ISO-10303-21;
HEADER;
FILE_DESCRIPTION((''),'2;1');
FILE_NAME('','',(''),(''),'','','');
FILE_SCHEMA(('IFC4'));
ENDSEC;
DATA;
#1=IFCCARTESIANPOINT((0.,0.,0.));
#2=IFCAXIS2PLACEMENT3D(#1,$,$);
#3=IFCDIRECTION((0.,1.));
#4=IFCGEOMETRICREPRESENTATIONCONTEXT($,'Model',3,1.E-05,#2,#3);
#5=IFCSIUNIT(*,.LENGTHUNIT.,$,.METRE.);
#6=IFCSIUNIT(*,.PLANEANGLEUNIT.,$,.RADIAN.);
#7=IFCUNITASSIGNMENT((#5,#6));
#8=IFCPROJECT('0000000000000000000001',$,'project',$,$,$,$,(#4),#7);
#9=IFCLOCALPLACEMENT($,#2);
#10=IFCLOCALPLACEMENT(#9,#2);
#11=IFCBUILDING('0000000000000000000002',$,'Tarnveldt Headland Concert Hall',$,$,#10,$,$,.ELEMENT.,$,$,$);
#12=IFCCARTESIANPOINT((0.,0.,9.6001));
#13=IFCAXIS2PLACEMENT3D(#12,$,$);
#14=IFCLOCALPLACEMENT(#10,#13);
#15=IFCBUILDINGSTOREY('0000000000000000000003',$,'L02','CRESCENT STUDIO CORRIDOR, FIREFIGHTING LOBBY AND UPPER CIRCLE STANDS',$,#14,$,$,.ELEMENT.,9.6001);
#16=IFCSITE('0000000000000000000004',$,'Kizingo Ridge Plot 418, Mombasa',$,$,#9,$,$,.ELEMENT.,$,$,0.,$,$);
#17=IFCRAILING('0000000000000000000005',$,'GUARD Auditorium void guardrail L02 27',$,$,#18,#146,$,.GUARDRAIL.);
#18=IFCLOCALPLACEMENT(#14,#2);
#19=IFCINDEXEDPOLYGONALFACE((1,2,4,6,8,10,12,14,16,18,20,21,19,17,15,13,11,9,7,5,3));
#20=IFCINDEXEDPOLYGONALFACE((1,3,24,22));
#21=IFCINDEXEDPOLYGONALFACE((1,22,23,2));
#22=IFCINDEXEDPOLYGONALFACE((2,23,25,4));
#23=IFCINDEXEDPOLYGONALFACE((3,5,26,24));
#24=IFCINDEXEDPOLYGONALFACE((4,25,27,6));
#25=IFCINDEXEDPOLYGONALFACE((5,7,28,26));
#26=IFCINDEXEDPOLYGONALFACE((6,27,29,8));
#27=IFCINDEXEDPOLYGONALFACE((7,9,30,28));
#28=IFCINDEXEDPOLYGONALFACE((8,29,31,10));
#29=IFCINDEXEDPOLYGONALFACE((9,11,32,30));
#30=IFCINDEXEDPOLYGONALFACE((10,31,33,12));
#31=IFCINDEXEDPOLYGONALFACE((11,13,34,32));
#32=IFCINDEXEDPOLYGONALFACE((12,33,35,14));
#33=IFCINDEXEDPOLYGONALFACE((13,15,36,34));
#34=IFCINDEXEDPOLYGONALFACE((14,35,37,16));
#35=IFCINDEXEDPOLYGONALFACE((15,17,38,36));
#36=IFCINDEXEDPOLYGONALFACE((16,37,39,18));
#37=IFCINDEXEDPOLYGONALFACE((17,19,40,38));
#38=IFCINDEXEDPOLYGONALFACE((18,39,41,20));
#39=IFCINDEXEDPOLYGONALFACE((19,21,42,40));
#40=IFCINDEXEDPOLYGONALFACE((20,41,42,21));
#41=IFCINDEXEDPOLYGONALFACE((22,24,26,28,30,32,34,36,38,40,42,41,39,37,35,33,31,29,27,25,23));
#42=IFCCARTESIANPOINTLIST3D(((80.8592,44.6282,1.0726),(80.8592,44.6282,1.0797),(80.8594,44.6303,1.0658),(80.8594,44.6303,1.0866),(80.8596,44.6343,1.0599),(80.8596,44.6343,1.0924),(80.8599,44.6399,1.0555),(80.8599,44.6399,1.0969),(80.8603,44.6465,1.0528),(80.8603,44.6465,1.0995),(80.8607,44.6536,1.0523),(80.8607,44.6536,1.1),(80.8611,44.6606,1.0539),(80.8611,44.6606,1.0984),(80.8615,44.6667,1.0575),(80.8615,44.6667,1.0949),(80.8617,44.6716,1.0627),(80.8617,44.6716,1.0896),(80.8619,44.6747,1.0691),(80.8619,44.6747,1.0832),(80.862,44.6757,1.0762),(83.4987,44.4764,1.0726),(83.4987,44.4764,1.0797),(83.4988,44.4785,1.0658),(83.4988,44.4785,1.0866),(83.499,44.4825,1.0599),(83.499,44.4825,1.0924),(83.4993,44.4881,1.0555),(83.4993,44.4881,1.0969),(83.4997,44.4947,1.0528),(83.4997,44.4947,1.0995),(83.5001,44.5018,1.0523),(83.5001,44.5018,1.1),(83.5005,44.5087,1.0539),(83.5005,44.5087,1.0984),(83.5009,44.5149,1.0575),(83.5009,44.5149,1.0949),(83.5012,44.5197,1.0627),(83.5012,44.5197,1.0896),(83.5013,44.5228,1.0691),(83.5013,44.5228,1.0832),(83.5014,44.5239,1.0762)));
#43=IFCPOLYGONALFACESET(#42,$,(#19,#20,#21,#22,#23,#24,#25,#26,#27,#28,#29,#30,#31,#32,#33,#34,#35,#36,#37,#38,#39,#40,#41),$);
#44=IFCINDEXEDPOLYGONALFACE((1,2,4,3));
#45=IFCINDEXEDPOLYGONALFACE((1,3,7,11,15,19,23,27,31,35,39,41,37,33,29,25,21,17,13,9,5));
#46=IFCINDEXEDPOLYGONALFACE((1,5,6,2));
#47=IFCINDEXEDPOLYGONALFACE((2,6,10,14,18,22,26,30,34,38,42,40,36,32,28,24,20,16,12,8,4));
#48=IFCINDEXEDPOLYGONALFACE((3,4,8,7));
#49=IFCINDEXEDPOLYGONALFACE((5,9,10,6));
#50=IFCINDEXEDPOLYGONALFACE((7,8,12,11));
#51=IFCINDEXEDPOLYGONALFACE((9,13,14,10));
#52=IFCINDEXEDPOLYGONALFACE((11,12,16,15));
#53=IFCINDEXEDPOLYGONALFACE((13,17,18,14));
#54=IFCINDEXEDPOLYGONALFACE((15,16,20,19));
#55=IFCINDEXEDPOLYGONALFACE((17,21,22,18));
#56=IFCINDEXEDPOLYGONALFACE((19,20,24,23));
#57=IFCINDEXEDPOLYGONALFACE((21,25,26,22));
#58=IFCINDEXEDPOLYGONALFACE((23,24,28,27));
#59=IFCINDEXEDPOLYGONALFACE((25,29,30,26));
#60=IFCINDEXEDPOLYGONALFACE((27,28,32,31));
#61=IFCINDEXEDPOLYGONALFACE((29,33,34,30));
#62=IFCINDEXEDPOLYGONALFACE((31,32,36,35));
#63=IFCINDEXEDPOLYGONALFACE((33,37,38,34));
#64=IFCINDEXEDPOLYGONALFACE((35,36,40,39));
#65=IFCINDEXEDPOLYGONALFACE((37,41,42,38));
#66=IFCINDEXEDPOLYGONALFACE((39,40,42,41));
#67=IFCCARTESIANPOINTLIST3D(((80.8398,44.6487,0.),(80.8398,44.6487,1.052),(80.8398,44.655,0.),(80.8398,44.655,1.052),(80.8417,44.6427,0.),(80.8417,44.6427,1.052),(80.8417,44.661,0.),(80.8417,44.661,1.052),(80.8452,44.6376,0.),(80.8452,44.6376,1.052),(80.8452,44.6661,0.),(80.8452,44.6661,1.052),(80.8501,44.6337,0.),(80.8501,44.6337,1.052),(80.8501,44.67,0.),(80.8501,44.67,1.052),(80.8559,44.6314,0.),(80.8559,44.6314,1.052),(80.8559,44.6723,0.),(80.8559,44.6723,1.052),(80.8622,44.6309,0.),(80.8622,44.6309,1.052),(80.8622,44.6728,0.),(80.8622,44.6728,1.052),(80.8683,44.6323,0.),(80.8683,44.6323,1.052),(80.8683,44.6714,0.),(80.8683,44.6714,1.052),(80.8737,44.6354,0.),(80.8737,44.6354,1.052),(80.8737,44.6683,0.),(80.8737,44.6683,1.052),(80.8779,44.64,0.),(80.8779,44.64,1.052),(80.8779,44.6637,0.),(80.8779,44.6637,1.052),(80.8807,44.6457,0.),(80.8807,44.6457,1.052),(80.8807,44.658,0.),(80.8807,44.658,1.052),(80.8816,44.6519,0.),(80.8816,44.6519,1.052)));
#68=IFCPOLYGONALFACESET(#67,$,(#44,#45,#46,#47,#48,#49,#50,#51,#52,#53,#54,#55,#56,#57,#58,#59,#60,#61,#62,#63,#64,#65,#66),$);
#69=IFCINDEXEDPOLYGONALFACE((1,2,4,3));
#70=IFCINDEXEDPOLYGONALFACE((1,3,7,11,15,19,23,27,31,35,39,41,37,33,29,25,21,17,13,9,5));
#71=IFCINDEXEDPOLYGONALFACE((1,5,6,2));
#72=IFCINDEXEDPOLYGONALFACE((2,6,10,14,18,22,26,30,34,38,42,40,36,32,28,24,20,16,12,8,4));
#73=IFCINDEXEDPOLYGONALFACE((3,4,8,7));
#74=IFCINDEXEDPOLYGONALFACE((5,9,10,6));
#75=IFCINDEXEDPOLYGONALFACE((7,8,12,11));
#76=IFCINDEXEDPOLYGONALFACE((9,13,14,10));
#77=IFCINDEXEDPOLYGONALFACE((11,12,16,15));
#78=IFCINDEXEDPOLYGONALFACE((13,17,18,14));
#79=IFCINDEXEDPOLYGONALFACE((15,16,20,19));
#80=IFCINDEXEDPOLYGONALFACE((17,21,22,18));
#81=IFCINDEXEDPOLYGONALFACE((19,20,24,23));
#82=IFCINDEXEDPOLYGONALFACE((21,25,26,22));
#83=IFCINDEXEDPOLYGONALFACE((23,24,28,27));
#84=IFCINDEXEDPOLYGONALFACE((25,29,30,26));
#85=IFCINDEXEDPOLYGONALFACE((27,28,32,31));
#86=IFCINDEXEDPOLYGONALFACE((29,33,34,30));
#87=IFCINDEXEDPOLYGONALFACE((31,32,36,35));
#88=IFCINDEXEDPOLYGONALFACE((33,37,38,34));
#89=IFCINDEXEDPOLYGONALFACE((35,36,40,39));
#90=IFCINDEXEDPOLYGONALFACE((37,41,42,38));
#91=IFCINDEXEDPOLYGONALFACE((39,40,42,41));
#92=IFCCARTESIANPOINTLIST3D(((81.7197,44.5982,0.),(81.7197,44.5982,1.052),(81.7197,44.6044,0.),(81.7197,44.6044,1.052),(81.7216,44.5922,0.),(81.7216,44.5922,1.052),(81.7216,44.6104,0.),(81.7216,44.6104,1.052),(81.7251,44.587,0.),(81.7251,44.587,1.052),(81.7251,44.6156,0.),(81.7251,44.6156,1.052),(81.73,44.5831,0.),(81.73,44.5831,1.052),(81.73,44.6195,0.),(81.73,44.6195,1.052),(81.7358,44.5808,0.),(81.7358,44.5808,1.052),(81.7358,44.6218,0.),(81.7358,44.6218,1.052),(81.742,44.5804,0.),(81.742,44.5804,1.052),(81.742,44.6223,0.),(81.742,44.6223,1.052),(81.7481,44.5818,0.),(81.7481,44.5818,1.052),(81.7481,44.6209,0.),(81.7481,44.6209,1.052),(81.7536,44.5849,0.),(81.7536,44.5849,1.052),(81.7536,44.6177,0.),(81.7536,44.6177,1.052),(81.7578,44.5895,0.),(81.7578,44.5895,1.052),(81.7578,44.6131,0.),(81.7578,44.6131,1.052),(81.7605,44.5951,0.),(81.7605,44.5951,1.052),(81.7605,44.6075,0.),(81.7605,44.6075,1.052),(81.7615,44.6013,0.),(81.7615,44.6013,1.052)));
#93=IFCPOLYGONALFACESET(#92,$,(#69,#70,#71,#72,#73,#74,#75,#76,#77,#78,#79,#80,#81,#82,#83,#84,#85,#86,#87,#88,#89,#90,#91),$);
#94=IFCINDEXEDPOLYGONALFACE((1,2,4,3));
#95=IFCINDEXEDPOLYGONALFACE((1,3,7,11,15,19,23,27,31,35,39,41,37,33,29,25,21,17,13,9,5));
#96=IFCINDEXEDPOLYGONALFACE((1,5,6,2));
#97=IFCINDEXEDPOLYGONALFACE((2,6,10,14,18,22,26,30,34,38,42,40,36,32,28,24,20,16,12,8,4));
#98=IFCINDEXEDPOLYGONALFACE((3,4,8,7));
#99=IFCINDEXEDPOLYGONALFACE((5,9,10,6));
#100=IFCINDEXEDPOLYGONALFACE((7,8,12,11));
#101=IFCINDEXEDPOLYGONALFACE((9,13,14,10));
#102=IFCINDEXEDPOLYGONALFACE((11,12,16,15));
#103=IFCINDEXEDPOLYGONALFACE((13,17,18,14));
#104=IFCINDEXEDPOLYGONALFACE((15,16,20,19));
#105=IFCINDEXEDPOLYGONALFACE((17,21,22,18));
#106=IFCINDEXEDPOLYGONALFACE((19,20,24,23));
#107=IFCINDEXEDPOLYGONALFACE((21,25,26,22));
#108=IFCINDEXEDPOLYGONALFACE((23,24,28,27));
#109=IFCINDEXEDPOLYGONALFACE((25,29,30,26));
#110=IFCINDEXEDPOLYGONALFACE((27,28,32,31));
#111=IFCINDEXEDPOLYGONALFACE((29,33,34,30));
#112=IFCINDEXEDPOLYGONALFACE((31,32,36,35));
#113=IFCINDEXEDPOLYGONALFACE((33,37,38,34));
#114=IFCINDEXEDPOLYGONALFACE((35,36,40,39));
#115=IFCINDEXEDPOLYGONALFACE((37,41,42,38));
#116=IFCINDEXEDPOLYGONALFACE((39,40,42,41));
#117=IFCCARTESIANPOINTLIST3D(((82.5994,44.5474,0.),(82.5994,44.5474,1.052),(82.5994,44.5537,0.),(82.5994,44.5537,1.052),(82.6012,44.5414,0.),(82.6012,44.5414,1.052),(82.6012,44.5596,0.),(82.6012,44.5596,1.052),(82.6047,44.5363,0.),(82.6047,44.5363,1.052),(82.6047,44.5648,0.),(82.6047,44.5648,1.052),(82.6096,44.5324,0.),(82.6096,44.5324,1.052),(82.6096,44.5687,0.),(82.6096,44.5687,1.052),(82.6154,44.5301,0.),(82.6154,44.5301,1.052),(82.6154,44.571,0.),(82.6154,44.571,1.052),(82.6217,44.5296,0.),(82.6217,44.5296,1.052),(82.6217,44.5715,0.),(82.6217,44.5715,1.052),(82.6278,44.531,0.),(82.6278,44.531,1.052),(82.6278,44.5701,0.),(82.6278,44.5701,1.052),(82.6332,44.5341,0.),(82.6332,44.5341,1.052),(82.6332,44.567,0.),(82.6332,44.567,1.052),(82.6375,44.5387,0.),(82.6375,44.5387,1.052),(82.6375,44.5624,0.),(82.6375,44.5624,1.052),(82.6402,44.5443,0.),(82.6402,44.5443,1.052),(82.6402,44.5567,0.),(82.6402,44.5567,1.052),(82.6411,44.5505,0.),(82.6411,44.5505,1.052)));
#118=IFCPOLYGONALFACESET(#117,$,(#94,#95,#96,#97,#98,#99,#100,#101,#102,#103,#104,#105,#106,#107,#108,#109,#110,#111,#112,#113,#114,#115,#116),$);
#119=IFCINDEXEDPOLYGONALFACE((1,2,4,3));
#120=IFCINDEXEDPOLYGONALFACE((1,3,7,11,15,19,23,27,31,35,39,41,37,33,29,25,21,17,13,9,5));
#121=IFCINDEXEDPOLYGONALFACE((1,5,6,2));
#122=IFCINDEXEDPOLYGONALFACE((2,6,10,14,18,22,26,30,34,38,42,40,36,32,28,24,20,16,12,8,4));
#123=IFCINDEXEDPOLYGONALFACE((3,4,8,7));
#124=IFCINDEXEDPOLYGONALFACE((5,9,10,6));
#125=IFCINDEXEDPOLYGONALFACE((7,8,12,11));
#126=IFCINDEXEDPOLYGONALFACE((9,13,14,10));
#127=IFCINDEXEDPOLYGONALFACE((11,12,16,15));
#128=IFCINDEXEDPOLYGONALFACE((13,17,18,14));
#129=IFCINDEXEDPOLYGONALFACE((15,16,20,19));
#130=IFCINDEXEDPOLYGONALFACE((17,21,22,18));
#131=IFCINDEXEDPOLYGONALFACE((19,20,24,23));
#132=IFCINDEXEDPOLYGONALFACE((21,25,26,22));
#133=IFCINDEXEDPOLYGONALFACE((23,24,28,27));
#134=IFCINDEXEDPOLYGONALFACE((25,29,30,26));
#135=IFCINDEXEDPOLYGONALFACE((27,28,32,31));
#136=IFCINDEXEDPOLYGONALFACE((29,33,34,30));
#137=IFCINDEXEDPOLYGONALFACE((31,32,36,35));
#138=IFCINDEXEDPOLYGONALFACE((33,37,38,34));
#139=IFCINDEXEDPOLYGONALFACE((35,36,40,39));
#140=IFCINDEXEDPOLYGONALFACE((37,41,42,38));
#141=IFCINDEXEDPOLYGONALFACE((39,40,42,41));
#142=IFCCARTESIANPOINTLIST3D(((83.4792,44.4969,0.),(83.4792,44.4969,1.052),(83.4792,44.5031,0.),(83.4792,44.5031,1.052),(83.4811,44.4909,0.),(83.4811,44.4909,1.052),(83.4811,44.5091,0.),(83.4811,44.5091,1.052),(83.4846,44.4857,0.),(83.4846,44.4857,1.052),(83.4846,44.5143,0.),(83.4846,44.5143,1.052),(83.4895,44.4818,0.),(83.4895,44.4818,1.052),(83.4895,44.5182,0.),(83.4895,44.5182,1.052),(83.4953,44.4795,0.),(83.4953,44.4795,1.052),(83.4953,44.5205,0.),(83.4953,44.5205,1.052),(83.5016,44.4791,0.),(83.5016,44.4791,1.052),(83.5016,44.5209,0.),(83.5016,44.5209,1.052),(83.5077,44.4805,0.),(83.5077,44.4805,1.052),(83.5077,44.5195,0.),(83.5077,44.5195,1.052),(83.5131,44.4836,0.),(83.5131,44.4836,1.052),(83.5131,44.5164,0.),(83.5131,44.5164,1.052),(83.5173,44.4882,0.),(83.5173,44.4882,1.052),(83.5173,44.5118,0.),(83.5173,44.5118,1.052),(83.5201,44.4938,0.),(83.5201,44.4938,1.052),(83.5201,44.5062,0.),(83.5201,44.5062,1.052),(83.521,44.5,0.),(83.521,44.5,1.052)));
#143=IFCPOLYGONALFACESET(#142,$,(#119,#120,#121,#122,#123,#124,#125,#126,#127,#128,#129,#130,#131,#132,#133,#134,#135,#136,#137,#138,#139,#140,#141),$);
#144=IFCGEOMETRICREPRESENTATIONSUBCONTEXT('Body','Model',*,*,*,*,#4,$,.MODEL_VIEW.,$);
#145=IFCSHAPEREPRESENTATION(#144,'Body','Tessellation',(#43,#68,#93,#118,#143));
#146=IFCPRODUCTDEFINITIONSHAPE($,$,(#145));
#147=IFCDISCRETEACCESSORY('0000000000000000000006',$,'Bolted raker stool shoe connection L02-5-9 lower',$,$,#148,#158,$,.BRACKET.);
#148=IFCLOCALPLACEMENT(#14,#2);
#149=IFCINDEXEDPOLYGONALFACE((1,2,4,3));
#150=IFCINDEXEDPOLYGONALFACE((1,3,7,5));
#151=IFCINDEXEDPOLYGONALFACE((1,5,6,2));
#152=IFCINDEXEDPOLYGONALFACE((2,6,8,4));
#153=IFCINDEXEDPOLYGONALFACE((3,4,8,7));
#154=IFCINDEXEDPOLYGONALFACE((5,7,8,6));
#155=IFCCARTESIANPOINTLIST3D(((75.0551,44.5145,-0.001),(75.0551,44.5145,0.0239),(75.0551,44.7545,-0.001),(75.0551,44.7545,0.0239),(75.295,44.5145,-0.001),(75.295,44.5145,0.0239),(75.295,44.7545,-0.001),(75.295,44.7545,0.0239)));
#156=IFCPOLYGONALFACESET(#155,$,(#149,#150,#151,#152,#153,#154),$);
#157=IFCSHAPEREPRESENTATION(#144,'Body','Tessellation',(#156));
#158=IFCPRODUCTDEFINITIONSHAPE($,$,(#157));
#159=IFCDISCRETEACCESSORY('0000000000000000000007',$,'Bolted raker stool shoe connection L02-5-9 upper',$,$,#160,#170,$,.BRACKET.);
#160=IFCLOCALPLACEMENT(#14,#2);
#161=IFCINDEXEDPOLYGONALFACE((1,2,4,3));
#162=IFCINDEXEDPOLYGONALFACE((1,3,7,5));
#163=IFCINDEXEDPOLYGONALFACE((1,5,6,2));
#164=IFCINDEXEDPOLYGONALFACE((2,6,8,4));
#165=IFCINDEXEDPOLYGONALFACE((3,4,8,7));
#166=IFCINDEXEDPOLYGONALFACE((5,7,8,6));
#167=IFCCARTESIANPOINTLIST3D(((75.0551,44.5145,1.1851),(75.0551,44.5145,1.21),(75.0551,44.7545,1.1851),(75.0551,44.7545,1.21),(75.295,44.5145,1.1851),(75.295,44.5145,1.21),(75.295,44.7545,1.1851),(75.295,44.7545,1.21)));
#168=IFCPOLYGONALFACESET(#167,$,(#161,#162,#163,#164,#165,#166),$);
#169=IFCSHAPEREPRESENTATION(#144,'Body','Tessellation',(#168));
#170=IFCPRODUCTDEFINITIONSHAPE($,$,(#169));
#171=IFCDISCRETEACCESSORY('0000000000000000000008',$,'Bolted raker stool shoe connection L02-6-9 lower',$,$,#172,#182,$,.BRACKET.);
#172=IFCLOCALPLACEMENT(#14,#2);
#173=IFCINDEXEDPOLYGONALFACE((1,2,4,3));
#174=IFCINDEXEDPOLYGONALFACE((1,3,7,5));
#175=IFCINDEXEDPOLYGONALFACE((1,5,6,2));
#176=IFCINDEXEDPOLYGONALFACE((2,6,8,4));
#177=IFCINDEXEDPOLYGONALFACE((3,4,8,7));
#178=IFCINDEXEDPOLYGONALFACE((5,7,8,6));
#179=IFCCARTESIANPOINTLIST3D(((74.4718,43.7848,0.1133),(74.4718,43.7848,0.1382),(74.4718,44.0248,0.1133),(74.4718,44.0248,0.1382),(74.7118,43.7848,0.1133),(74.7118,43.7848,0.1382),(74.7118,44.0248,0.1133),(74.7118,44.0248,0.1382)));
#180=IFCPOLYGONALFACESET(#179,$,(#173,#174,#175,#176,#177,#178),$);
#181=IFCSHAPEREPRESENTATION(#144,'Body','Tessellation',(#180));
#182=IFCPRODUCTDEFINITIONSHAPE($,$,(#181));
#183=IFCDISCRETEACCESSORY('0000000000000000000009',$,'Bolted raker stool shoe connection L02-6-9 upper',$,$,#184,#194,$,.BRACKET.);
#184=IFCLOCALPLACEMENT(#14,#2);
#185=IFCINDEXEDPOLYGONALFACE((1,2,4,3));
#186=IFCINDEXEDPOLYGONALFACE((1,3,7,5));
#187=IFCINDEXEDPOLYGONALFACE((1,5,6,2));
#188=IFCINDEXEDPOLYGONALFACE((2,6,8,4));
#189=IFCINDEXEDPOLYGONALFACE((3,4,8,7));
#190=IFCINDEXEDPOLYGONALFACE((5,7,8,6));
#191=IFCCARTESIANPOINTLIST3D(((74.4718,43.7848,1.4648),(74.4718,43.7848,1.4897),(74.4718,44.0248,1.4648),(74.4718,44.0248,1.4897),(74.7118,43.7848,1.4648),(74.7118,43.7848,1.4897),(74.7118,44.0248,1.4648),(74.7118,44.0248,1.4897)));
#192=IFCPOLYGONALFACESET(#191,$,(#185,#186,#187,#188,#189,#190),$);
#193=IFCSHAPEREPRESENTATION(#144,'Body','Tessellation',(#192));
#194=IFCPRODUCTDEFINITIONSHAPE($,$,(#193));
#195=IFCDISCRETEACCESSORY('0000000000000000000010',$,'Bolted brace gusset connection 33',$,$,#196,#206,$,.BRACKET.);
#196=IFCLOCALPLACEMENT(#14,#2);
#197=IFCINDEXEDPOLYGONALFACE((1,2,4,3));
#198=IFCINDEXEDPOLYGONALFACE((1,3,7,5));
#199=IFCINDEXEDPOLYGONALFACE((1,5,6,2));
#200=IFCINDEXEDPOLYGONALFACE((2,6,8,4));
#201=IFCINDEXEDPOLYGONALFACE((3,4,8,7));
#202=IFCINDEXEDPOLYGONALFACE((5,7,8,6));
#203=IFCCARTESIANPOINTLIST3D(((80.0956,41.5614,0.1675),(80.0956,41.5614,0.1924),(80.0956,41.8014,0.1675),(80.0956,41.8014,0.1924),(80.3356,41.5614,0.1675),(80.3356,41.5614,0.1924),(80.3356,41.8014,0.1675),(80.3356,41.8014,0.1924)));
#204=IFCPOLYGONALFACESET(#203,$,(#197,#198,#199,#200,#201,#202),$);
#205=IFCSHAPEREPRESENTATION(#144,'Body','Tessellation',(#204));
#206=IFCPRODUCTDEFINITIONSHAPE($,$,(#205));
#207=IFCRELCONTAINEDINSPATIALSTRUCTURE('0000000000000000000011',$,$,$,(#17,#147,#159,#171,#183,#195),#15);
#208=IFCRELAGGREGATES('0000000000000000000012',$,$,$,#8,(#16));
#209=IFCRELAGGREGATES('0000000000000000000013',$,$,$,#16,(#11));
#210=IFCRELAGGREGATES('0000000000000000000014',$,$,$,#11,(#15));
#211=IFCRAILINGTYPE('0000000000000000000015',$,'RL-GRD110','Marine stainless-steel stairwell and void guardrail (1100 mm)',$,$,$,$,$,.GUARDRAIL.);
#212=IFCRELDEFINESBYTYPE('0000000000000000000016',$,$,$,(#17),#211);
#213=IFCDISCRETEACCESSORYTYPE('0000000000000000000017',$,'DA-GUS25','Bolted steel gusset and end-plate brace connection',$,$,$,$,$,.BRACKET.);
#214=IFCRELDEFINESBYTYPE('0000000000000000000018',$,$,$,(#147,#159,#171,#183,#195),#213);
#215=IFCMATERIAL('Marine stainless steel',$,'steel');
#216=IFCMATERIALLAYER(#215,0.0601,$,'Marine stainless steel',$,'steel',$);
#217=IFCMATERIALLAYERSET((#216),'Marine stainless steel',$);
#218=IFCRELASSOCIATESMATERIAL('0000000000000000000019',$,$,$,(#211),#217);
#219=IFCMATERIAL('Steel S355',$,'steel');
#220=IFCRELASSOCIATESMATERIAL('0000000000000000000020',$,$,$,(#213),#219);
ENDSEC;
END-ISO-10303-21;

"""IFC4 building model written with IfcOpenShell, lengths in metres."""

from ifc_helpers import new_model, si_unit, direction, frame, origin, origin_2d, place, context, subcontext, project, spatial, rectangle, circle, extrude, material, layer, layer_set, type_object, element, save


model = new_model("IFC4")

# Units and contexts
model_context = context("Model", 3, precision=1e-05, world=origin(), true_north=direction((0.0, 1.0)))
body_context = subcontext(model_context, "Body", "Model", "MODEL_VIEW")
ifc_project = project(units=[si_unit("LENGTHUNIT", "METRE"), si_unit("PLANEANGLEUNIT", "RADIAN")], contexts=[model_context])

# Site, building, storey
site_placement = place(None, origin())
site = spatial("IfcSite", under=ifc_project, at=site_placement, Name="Kizingo Ridge Plot 418, Mombasa", CompositionType="ELEMENT", RefElevation=0.0)
building_placement = place(site_placement, origin())
building = spatial("IfcBuilding", under=site, at=building_placement, Name="Tarnveldt Headland Concert Hall", CompositionType="ELEMENT")
storey_placement = place(building_placement, frame((0.0, 0.0, 9.6001)))
storey = spatial("IfcBuildingStorey", under=building, at=storey_placement, Name="L02", Description="CRESCENT STUDIO CORRIDOR, FIREFIGHTING LOBBY AND UPPER CIRCLE STANDS", CompositionType="ELEMENT", Elevation=9.6001)

# Shared definitions
ifc_material_1 = material(Name="Steel S355", Category="steel")

# Railing
ifc_material_2 = material(Name="Marine stainless steel", Category="steel")
ifc_layer_1 = layer(ifc_material_2, 0.0601, Name="Marine stainless steel", Category="steel")
ifc_layer_set_1 = layer_set([ifc_layer_1], Name="Marine stainless steel")
railing_type = type_object("IfcRailingType", Name="RL-GRD110", Description="Marine stainless-steel stairwell and void guardrail (1100 mm)", PredefinedType="GUARDRAIL", material=ifc_layer_set_1)
railing_1_placement = place(storey_placement, frame((80.8606, 44.6519, 0.0)))
element("IfcRailing", 1, at=railing_1_placement, inside=storey, type_object=railing_type, Name="GUARD Auditorium void guardrail L02 27", PredefinedType="GUARDRAIL", context=body_context, shape_type="SweptSolid", body=[
    extrude(circle(Radius=0.0239, at=origin_2d()), frame((0.0, 0.0, 1.0762), z_axis=(0.998349, -0.057439, 0.0), x_axis=(0.057439, 0.998349, 0.0)), (0.0, 0.0, 1.0), 2.6438),
    extrude(circle(Radius=0.021, at=origin_2d()), origin(), (0.0, 0.0, 1.0), 1.052),
    extrude(circle(Radius=0.021, at=origin_2d()), frame((0.8799, -0.0505, 0.0)), (0.0, 0.0, 1.0), 1.052),
    extrude(circle(Radius=0.021, at=origin_2d()), frame((1.7595, -0.1013, 0.0)), (0.0, 0.0, 1.0), 1.052),
    extrude(circle(Radius=0.021, at=origin_2d()), frame((2.6394, -0.1519, 0.0)), (0.0, 0.0, 1.0), 1.052),
])

# Discrete accessories
discrete_accessory_type = type_object("IfcDiscreteAccessoryType", Name="DA-GUS25", Description="Bolted steel gusset and end-plate brace connection", PredefinedType="BRACKET", material=ifc_material_1)
for number, where, z_axis, x_axis, name in (
    (2, (75.175, 44.6345, -0.001), (0.0, 0.0, 1.0), (1.0, 0.0, 0.0), "Bolted raker stool shoe connection L02-5-9 lower"),
    (3, (75.175, 44.6345, 1.1851), (0.0, 0.0, 1.0), (1.0, 0.0, 0.0), "Bolted raker stool shoe connection L02-5-9 upper"),
    (4, (74.5918, 43.9048, 0.1133), (0.0, 0.0, 1.0), (1.0, 0.0, 0.0), "Bolted raker stool shoe connection L02-6-9 lower"),
    (5, (74.5918, 43.9048, 1.4648), (0.0, 0.0, 1.0), (1.0, 0.0, 0.0), "Bolted raker stool shoe connection L02-6-9 upper"),
    (6, (80.2156, 41.6814, 0.1675), (0.0, 0.0, 1.0), (1.0, 0.0, 0.0), "Bolted brace gusset connection 33"),
):
    element("IfcDiscreteAccessory", number, at=place(storey_placement, frame(where, z_axis=z_axis, x_axis=x_axis)), inside=storey, type_object=discrete_accessory_type, Name=name, PredefinedType="BRACKET", context=body_context, shape_type="SweptSolid", body=[
        extrude(rectangle(XDim=0.24, YDim=0.24, at=origin_2d()), origin(), (0.0, 0.0, 1.0), 0.0249),
    ])

save(model, "model.ifc")
